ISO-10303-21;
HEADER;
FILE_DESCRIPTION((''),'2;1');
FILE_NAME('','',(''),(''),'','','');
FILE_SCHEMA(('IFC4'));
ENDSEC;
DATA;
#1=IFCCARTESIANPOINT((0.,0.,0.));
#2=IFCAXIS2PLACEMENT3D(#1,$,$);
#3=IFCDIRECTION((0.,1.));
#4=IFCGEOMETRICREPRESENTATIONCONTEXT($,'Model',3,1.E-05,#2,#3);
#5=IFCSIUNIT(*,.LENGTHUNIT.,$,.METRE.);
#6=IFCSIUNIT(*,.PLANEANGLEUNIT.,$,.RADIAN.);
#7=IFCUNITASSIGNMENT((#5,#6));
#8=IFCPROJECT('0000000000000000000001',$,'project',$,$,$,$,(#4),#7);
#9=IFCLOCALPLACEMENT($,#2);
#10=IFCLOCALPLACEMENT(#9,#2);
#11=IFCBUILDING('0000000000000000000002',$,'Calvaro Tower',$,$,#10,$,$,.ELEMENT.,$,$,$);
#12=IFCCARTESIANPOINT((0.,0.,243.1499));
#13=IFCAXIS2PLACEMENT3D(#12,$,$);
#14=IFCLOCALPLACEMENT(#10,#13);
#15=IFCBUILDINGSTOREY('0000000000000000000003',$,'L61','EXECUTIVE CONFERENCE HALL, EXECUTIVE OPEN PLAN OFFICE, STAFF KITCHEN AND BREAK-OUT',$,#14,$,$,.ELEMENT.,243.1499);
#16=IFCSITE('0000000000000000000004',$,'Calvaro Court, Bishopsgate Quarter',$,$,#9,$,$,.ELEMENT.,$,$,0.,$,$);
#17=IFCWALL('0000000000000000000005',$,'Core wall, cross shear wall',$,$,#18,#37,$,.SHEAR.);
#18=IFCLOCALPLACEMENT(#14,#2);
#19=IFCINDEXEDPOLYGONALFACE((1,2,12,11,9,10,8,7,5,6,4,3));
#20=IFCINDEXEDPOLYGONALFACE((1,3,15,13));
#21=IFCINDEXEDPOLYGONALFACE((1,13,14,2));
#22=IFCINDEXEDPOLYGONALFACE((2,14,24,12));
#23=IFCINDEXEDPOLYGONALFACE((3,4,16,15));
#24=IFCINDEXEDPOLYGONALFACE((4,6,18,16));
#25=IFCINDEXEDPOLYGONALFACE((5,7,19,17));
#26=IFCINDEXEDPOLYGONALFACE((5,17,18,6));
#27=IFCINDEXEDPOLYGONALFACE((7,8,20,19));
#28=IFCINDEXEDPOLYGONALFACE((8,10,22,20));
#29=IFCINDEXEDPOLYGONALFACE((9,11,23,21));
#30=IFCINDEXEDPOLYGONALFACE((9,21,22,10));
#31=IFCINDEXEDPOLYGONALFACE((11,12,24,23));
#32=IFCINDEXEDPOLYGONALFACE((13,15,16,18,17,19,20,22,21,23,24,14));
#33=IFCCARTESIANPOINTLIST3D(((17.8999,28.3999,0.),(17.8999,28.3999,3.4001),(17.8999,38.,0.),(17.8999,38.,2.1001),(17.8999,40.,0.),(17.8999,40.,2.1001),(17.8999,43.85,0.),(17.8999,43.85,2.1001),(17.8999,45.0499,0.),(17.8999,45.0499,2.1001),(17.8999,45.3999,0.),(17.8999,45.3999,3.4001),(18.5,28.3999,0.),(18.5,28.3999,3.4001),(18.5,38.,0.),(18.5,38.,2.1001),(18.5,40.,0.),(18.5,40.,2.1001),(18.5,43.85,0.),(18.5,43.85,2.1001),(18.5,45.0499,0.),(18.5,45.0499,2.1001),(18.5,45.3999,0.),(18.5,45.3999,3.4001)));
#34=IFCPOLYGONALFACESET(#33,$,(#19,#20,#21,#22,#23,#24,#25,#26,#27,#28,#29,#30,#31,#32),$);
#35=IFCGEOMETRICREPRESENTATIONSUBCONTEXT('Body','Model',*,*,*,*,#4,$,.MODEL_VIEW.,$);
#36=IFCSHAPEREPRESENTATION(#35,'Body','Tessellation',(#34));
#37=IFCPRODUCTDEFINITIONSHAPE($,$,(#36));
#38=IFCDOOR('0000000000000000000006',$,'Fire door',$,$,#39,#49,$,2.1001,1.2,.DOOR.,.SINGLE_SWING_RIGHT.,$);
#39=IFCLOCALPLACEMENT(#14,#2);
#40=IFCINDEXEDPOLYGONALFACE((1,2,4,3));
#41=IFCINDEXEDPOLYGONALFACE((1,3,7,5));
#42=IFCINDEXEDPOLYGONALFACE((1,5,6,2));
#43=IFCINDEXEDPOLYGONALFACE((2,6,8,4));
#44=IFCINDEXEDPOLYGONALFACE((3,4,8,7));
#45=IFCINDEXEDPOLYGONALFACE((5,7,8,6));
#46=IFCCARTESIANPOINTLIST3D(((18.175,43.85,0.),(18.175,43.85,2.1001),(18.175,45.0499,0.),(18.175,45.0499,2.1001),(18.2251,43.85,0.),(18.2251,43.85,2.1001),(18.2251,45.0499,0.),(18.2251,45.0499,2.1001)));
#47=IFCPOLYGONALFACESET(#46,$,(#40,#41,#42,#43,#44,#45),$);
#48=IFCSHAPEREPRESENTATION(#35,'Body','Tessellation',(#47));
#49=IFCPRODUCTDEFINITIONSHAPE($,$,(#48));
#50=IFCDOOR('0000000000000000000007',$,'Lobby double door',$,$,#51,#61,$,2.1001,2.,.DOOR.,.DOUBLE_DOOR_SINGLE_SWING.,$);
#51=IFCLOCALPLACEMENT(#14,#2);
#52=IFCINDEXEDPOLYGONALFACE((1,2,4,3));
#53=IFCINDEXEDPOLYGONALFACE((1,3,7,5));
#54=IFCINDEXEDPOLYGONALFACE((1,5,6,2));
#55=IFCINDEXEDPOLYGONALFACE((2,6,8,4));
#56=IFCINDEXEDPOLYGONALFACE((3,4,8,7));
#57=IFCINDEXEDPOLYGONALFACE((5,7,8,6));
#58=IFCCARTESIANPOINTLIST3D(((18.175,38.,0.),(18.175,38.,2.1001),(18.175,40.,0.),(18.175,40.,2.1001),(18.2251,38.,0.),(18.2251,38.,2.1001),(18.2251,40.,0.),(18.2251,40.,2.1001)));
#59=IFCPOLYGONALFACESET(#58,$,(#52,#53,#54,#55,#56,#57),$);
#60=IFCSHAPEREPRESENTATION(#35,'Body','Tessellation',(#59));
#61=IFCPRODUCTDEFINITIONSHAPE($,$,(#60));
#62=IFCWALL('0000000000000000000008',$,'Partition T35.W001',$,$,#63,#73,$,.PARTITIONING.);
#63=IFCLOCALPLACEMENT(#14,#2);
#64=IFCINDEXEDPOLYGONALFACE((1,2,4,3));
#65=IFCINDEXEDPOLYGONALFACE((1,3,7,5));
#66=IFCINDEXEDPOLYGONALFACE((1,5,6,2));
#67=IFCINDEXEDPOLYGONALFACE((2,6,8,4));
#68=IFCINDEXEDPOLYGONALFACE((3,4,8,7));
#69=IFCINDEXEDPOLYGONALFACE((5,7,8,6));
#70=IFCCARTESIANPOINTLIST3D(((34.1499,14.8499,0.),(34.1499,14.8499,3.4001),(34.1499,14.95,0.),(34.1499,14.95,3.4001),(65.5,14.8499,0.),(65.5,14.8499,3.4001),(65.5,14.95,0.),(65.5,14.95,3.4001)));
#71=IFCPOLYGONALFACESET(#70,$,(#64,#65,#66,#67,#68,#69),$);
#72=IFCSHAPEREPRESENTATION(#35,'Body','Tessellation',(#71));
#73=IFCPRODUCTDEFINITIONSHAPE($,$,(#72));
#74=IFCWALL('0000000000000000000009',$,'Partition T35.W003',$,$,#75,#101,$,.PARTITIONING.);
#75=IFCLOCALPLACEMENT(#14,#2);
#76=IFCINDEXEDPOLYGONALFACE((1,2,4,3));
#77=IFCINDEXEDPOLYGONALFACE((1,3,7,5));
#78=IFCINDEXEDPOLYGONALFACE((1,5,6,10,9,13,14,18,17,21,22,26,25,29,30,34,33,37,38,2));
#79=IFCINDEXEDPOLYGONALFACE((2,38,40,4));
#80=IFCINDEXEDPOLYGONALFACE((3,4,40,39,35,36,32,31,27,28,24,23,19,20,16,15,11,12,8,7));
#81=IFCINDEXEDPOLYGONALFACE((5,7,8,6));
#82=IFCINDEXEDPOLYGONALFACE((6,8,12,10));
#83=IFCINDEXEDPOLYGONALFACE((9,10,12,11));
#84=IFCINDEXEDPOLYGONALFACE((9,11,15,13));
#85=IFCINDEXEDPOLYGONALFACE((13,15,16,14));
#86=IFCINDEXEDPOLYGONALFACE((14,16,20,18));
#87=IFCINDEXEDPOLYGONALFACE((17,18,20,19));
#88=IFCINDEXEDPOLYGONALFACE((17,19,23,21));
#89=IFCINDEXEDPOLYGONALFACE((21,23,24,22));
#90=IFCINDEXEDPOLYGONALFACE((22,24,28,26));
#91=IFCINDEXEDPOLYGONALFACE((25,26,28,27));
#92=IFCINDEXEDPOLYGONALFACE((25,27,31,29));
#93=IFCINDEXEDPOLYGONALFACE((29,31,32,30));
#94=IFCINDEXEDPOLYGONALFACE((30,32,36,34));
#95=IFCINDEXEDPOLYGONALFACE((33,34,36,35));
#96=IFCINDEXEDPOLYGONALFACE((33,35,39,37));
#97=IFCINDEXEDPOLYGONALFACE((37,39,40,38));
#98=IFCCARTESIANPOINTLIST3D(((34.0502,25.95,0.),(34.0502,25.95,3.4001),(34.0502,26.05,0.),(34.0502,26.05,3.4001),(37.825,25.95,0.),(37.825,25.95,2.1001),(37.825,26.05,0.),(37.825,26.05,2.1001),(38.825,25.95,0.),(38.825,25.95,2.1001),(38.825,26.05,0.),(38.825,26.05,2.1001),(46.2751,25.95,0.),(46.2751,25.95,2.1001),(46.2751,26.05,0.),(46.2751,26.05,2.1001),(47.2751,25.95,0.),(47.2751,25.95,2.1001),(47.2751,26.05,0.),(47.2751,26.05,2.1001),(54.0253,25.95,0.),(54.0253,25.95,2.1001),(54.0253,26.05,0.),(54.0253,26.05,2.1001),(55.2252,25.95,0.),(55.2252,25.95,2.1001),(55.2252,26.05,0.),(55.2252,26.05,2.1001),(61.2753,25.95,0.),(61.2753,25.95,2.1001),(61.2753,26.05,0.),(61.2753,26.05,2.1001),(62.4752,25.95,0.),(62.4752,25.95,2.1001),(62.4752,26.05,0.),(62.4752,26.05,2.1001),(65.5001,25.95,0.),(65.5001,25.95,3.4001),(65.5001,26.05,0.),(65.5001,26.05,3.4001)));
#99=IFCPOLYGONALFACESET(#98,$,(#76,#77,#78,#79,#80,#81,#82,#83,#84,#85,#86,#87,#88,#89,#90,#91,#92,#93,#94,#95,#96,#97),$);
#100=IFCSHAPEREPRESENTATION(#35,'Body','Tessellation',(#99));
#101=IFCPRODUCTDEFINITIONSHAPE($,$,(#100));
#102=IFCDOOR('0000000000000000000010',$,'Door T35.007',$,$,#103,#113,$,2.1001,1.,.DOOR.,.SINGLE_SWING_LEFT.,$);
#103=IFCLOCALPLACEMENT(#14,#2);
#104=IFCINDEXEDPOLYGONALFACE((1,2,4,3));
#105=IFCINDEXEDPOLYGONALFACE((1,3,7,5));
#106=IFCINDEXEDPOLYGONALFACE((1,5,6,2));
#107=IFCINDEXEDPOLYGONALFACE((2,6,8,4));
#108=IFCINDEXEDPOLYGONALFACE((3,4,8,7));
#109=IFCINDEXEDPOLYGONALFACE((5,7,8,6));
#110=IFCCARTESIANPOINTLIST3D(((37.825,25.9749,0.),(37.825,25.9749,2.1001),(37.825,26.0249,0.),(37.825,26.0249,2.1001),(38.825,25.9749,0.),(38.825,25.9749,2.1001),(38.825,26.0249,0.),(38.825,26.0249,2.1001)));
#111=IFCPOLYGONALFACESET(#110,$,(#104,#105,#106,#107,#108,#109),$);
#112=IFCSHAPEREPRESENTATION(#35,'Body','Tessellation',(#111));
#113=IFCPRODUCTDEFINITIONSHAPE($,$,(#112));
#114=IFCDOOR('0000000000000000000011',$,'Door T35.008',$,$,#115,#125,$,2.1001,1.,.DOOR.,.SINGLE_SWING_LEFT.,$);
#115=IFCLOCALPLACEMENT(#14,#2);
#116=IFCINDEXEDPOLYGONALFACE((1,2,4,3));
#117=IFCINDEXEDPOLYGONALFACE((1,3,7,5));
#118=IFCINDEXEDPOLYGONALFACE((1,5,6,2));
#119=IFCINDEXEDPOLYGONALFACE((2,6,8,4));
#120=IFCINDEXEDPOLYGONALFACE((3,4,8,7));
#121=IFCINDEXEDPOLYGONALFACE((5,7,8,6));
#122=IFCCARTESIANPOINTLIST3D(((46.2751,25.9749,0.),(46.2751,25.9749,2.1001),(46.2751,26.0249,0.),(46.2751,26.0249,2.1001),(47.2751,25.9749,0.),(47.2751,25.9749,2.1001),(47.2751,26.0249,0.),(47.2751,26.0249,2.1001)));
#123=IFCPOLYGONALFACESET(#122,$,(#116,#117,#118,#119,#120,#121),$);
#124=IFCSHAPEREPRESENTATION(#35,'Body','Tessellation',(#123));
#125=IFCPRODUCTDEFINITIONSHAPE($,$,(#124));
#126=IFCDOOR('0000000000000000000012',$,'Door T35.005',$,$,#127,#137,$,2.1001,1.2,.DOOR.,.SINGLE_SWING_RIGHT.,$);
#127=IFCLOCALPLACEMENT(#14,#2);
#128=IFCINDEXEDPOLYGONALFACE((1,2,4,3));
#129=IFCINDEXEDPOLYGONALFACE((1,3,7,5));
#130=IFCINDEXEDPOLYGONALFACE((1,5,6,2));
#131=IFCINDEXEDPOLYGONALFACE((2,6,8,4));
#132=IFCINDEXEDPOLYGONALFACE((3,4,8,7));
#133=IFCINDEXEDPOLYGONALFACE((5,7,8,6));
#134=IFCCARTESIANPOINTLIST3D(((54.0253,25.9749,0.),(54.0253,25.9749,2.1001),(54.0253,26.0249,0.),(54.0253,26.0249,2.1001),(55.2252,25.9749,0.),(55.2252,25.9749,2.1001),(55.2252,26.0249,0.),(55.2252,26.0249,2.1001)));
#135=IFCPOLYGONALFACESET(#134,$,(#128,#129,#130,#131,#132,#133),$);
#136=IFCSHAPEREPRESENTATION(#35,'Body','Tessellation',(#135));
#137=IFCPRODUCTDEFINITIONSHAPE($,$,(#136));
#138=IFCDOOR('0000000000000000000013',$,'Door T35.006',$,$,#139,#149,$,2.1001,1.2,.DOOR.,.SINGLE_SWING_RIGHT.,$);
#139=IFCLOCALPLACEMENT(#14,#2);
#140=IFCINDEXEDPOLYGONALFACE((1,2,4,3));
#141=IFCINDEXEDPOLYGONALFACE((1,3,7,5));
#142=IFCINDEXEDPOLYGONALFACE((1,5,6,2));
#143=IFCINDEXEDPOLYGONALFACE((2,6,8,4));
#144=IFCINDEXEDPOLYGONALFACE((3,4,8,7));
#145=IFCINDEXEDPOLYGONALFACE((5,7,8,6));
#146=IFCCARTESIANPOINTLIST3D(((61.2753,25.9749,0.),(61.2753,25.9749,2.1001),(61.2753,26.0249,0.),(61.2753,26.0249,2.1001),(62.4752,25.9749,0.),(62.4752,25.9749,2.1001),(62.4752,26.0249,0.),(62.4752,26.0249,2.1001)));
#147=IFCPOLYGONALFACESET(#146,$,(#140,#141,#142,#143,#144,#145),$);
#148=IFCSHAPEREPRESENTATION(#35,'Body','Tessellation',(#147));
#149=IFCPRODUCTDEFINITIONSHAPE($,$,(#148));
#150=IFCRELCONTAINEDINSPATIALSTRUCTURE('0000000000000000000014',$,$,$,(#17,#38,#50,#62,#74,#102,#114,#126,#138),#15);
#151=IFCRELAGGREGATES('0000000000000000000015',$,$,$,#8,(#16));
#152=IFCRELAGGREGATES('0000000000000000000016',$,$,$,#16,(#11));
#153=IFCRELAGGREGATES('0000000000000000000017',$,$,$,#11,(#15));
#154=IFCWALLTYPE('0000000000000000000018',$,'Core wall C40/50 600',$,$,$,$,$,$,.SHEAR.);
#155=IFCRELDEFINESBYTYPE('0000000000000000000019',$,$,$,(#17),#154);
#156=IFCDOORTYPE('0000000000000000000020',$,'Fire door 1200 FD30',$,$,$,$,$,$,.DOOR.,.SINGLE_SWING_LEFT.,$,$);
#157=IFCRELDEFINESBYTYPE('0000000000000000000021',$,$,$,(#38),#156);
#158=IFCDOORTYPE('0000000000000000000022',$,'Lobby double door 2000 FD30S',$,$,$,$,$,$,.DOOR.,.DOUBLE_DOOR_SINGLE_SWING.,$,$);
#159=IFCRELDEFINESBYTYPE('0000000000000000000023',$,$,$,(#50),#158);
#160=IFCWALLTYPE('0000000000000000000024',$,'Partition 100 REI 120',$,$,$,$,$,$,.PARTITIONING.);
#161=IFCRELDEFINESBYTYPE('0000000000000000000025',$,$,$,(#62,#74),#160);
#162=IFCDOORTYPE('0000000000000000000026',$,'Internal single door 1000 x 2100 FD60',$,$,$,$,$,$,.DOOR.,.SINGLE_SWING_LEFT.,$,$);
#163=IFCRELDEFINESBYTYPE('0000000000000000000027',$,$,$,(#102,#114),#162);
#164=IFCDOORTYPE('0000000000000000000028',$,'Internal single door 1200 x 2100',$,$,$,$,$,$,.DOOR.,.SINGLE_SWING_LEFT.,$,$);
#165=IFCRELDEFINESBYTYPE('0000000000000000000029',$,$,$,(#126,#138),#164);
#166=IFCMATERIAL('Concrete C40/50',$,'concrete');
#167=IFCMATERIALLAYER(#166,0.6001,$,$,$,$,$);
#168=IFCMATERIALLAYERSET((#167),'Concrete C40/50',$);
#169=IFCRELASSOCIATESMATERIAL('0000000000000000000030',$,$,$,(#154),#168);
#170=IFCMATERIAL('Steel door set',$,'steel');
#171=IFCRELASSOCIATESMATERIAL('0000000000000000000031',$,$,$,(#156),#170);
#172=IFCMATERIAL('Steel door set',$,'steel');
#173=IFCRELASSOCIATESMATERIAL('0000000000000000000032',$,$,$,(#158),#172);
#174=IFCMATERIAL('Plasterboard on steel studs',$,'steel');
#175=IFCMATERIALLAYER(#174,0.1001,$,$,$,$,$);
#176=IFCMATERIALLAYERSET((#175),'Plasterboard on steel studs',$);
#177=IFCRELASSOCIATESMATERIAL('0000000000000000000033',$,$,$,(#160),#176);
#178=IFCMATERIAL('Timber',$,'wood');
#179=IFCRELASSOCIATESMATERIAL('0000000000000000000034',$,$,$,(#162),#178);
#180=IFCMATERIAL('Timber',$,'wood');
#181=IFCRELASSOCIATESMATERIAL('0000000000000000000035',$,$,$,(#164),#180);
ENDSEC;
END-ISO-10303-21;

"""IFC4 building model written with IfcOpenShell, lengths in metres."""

from ifc_helpers import new_model, si_unit, direction, frame, frame_2d, origin, place, context, subcontext, project, spatial, rectangle, extrude, material, layer, layer_set, type_object, element, fill, save


model = new_model("IFC4")

# Units and contexts
model_context = context("Model", 3, precision=1e-05, world=origin(), true_north=direction((0.0, 1.0)))
body_context = subcontext(model_context, "Body", "Model", "MODEL_VIEW")
ifc_project = project(units=[si_unit("LENGTHUNIT", "METRE"), si_unit("PLANEANGLEUNIT", "RADIAN")], contexts=[model_context])

# Site, building, storey
site_placement = place(None, origin())
site = spatial("IfcSite", under=ifc_project, at=site_placement, Name="Calvaro Court, Bishopsgate Quarter", CompositionType="ELEMENT", RefElevation=0.0)
building_placement = place(site_placement, origin())
building = spatial("IfcBuilding", under=site, at=building_placement, Name="Calvaro Tower", CompositionType="ELEMENT")
storey_placement = place(building_placement, frame((0.0, 0.0, 243.1499)))
storey = spatial("IfcBuildingStorey", under=building, at=storey_placement, Name="L61", Description="EXECUTIVE CONFERENCE HALL, EXECUTIVE OPEN PLAN OFFICE, STAFF KITCHEN AND BREAK-OUT", CompositionType="ELEMENT", Elevation=243.1499)

# Wall, openings, doors
ifc_material_1 = material(Name="Concrete C40/50", Category="concrete")
ifc_layer_1 = layer(ifc_material_1, 0.6001)
ifc_layer_set_1 = layer_set([ifc_layer_1], Name="Concrete C40/50")
wall_type_1 = type_object("IfcWallType", Name="Core wall C40/50 600", PredefinedType="SHEAR", material=ifc_layer_set_1)
wall_1_placement = place(storey_placement, frame((18.2, 28.3999, 0.0), z_axis=(0.0, 0.0, 1.0), x_axis=(0.0, 1.0, 0.0)))
wall_1 = element("IfcWall", 1, at=wall_1_placement, inside=storey, type_object=wall_type_1, Name="Core wall, cross shear wall", PredefinedType="SHEAR", context=body_context, shape_type="SweptSolid", body=[
    extrude(rectangle(XDim=17.0, YDim=0.6001, at=frame_2d((8.5, 0.0))), origin(), (0.0, 0.0, 1.0), 3.4001),
])
opening_1_placement = place(wall_1_placement, frame((9.6001, 0.0, 0.0)))
opening_1 = element("IfcOpeningElement", 2, at=opening_1_placement, cuts=wall_1, PredefinedType="OPENING", context=body_context, shape_type="SweptSolid", body=[
    extrude(rectangle(XDim=2.0, YDim=2.1001, at=frame_2d((1.0, 1.05))), frame((0.0, 0.3101, 0.0), z_axis=(0.0, -1.0, 0.0), x_axis=(1.0, 0.0, 0.0)), (0.0, 0.0, 1.0), 0.6201),
])
opening_2_placement = place(wall_1_placement, frame((15.45, 0.0, 0.0)))
opening_2 = element("IfcOpeningElement", 3, at=opening_2_placement, cuts=wall_1, PredefinedType="OPENING", context=body_context, shape_type="SweptSolid", body=[
    extrude(rectangle(XDim=1.2, YDim=2.1001, at=frame_2d((0.6001, 1.05))), frame((0.0, 0.3101, 0.0), z_axis=(0.0, -1.0, 0.0), x_axis=(1.0, 0.0, 0.0)), (0.0, 0.0, 1.0), 0.6201),
])
ifc_material_2 = material(Name="Steel door set", Category="steel")
door_type_1 = type_object("IfcDoorType", Name="Fire door 1200 FD30", OperationType="SINGLE_SWING_LEFT", PredefinedType="DOOR", material=ifc_material_2)
door_1_placement = place(opening_2_placement, origin())
door_1 = element("IfcDoor", 4, at=door_1_placement, inside=storey, type_object=door_type_1, Name="Fire door", OperationType="SINGLE_SWING_RIGHT", OverallHeight=2.1001, OverallWidth=1.2, PredefinedType="DOOR", context=body_context, shape_type="SweptSolid", body=[
    extrude(rectangle(XDim=1.2, YDim=2.1001, at=frame_2d((0.6001, 1.05))), frame((0.0, 0.0249, 0.0), z_axis=(0.0, -1.0, 0.0), x_axis=(1.0, 0.0, 0.0)), (0.0, 0.0, 1.0), 0.05),
])
fill(opening_2, door_1)
ifc_material_3 = material(Name="Steel door set", Category="steel")
door_type_2 = type_object("IfcDoorType", Name="Lobby double door 2000 FD30S", OperationType="DOUBLE_DOOR_SINGLE_SWING", PredefinedType="DOOR", material=ifc_material_3)
door_2_placement = place(opening_1_placement, origin())
door_2 = element("IfcDoor", 5, at=door_2_placement, inside=storey, type_object=door_type_2, Name="Lobby double door", OperationType="DOUBLE_DOOR_SINGLE_SWING", OverallHeight=2.1001, OverallWidth=2.0, PredefinedType="DOOR", context=body_context, shape_type="SweptSolid", body=[
    extrude(rectangle(XDim=2.0, YDim=2.1001, at=frame_2d((1.0, 1.05))), frame((0.0, 0.0249, 0.0), z_axis=(0.0, -1.0, 0.0), x_axis=(1.0, 0.0, 0.0)), (0.0, 0.0, 1.0), 0.05),
])
fill(opening_1, door_2)

# Wall
ifc_material_4 = material(Name="Plasterboard on steel studs", Category="steel")
ifc_layer_2 = layer(ifc_material_4, 0.1001)
ifc_layer_set_2 = layer_set([ifc_layer_2], Name="Plasterboard on steel studs")
wall_type_2 = type_object("IfcWallType", Name="Partition 100 REI 120", PredefinedType="PARTITIONING", material=ifc_layer_set_2)
wall_2_placement = place(storey_placement, frame((34.1499, 14.8999, 0.0), z_axis=(0.0, 0.0, 1.0), x_axis=(1.0, 0.0, 0.0)))
element("IfcWall", 6, at=wall_2_placement, inside=storey, type_object=wall_type_2, Name="Partition T35.W001", PredefinedType="PARTITIONING", context=body_context, shape_type="SweptSolid", body=[
    extrude(rectangle(XDim=31.3501, YDim=0.1001, at=frame_2d((15.675, 0.0))), origin(), (0.0, 0.0, 1.0), 3.4001),
])

# Wall, openings, doors
wall_3_placement = place(storey_placement, frame((34.05, 26.0, 0.0), z_axis=(0.0, 0.0, 1.0), x_axis=(1.0, 0.0, 0.0)))
wall_3 = element("IfcWall", 7, at=wall_3_placement, inside=storey, type_object=wall_type_2, Name="Partition T35.W003", PredefinedType="PARTITIONING", context=body_context, shape_type="SweptSolid", body=[
    extrude(rectangle(XDim=31.45, YDim=0.1001, at=frame_2d((15.7251, 0.0))), origin(), (0.0, 0.0, 1.0), 3.4001),
])
opening_3_placement = place(wall_3_placement, frame((19.9751, 0.0, 0.0)))
opening_3 = element("IfcOpeningElement", 8, at=opening_3_placement, cuts=wall_3, PredefinedType="OPENING", context=body_context, shape_type="SweptSolid", body=[
    extrude(rectangle(XDim=1.2, YDim=2.1001, at=frame_2d((0.6001, 1.05))), frame((0.0, 0.0601, 0.0), z_axis=(0.0, -1.0, 0.0), x_axis=(1.0, 0.0, 0.0)), (0.0, 0.0, 1.0), 0.1201),
])
opening_4_placement = place(wall_3_placement, frame((27.2251, 0.0, 0.0)))
opening_4 = element("IfcOpeningElement", 9, at=opening_4_placement, cuts=wall_3, PredefinedType="OPENING", context=body_context, shape_type="SweptSolid", body=[
    extrude(rectangle(XDim=1.2, YDim=2.1001, at=frame_2d((0.6001, 1.05))), frame((0.0, 0.0601, 0.0), z_axis=(0.0, -1.0, 0.0), x_axis=(1.0, 0.0, 0.0)), (0.0, 0.0, 1.0), 0.1201),
])
opening_5_placement = place(wall_3_placement, frame((3.7749, 0.0, 0.0)))
opening_5 = element("IfcOpeningElement", 10, at=opening_5_placement, cuts=wall_3, PredefinedType="OPENING", context=body_context, shape_type="SweptSolid", body=[
    extrude(rectangle(XDim=1.0, YDim=2.1001, at=frame_2d((0.5, 1.05))), frame((0.0, 0.0601, 0.0), z_axis=(0.0, -1.0, 0.0), x_axis=(1.0, 0.0, 0.0)), (0.0, 0.0, 1.0), 0.1201),
])
opening_6_placement = place(wall_3_placement, frame((12.2251, 0.0, 0.0)))
opening_6 = element("IfcOpeningElement", 11, at=opening_6_placement, cuts=wall_3, PredefinedType="OPENING", context=body_context, shape_type="SweptSolid", body=[
    extrude(rectangle(XDim=1.0, YDim=2.1001, at=frame_2d((0.5, 1.05))), frame((0.0, 0.0601, 0.0), z_axis=(0.0, -1.0, 0.0), x_axis=(1.0, 0.0, 0.0)), (0.0, 0.0, 1.0), 0.1201),
])
ifc_material_5 = material(Name="Timber", Category="wood")
door_type_3 = type_object("IfcDoorType", Name="Internal single door 1000 x 2100 FD60", OperationType="SINGLE_SWING_LEFT", PredefinedType="DOOR", material=ifc_material_5)
door_3_placement = place(opening_5_placement, origin())
door_3 = element("IfcDoor", 12, at=door_3_placement, inside=storey, type_object=door_type_3, Name="Door T35.007", OperationType="SINGLE_SWING_LEFT", OverallHeight=2.1001, OverallWidth=1.0, PredefinedType="DOOR", context=body_context, shape_type="SweptSolid", body=[
    extrude(rectangle(XDim=1.0, YDim=2.1001, at=frame_2d((0.5, 1.05))), frame((0.0, 0.0249, 0.0), z_axis=(0.0, -1.0, 0.0), x_axis=(1.0, 0.0, 0.0)), (0.0, 0.0, 1.0), 0.05),
])
fill(opening_5, door_3)
door_4_placement = place(opening_6_placement, origin())
door_4 = element("IfcDoor", 13, at=door_4_placement, inside=storey, type_object=door_type_3, Name="Door T35.008", OperationType="SINGLE_SWING_LEFT", OverallHeight=2.1001, OverallWidth=1.0, PredefinedType="DOOR", context=body_context, shape_type="SweptSolid", body=[
    extrude(rectangle(XDim=1.0, YDim=2.1001, at=frame_2d((0.5, 1.05))), frame((0.0, 0.0249, 0.0), z_axis=(0.0, -1.0, 0.0), x_axis=(1.0, 0.0, 0.0)), (0.0, 0.0, 1.0), 0.05),
])
fill(opening_6, door_4)
ifc_material_6 = material(Name="Timber", Category="wood")
door_type_4 = type_object("IfcDoorType", Name="Internal single door 1200 x 2100", OperationType="SINGLE_SWING_LEFT", PredefinedType="DOOR", material=ifc_material_6)
door_5_placement = place(opening_3_placement, origin())
door_5 = element("IfcDoor", 14, at=door_5_placement, inside=storey, type_object=door_type_4, Name="Door T35.005", OperationType="SINGLE_SWING_RIGHT", OverallHeight=2.1001, OverallWidth=1.2, PredefinedType="DOOR", context=body_context, shape_type="SweptSolid", body=[
    extrude(rectangle(XDim=1.2, YDim=2.1001, at=frame_2d((0.6001, 1.05))), frame((0.0, 0.0249, 0.0), z_axis=(0.0, -1.0, 0.0), x_axis=(1.0, 0.0, 0.0)), (0.0, 0.0, 1.0), 0.05),
])
fill(opening_3, door_5)
door_6_placement = place(opening_4_placement, origin())
door_6 = element("IfcDoor", 15, at=door_6_placement, inside=storey, type_object=door_type_4, Name="Door T35.006", OperationType="SINGLE_SWING_RIGHT", OverallHeight=2.1001, OverallWidth=1.2, PredefinedType="DOOR", context=body_context, shape_type="SweptSolid", body=[
    extrude(rectangle(XDim=1.2, YDim=2.1001, at=frame_2d((0.6001, 1.05))), frame((0.0, 0.0249, 0.0), z_axis=(0.0, -1.0, 0.0), x_axis=(1.0, 0.0, 0.0)), (0.0, 0.0, 1.0), 0.05),
])
fill(opening_4, door_6)

save(model, "model.ifc")
